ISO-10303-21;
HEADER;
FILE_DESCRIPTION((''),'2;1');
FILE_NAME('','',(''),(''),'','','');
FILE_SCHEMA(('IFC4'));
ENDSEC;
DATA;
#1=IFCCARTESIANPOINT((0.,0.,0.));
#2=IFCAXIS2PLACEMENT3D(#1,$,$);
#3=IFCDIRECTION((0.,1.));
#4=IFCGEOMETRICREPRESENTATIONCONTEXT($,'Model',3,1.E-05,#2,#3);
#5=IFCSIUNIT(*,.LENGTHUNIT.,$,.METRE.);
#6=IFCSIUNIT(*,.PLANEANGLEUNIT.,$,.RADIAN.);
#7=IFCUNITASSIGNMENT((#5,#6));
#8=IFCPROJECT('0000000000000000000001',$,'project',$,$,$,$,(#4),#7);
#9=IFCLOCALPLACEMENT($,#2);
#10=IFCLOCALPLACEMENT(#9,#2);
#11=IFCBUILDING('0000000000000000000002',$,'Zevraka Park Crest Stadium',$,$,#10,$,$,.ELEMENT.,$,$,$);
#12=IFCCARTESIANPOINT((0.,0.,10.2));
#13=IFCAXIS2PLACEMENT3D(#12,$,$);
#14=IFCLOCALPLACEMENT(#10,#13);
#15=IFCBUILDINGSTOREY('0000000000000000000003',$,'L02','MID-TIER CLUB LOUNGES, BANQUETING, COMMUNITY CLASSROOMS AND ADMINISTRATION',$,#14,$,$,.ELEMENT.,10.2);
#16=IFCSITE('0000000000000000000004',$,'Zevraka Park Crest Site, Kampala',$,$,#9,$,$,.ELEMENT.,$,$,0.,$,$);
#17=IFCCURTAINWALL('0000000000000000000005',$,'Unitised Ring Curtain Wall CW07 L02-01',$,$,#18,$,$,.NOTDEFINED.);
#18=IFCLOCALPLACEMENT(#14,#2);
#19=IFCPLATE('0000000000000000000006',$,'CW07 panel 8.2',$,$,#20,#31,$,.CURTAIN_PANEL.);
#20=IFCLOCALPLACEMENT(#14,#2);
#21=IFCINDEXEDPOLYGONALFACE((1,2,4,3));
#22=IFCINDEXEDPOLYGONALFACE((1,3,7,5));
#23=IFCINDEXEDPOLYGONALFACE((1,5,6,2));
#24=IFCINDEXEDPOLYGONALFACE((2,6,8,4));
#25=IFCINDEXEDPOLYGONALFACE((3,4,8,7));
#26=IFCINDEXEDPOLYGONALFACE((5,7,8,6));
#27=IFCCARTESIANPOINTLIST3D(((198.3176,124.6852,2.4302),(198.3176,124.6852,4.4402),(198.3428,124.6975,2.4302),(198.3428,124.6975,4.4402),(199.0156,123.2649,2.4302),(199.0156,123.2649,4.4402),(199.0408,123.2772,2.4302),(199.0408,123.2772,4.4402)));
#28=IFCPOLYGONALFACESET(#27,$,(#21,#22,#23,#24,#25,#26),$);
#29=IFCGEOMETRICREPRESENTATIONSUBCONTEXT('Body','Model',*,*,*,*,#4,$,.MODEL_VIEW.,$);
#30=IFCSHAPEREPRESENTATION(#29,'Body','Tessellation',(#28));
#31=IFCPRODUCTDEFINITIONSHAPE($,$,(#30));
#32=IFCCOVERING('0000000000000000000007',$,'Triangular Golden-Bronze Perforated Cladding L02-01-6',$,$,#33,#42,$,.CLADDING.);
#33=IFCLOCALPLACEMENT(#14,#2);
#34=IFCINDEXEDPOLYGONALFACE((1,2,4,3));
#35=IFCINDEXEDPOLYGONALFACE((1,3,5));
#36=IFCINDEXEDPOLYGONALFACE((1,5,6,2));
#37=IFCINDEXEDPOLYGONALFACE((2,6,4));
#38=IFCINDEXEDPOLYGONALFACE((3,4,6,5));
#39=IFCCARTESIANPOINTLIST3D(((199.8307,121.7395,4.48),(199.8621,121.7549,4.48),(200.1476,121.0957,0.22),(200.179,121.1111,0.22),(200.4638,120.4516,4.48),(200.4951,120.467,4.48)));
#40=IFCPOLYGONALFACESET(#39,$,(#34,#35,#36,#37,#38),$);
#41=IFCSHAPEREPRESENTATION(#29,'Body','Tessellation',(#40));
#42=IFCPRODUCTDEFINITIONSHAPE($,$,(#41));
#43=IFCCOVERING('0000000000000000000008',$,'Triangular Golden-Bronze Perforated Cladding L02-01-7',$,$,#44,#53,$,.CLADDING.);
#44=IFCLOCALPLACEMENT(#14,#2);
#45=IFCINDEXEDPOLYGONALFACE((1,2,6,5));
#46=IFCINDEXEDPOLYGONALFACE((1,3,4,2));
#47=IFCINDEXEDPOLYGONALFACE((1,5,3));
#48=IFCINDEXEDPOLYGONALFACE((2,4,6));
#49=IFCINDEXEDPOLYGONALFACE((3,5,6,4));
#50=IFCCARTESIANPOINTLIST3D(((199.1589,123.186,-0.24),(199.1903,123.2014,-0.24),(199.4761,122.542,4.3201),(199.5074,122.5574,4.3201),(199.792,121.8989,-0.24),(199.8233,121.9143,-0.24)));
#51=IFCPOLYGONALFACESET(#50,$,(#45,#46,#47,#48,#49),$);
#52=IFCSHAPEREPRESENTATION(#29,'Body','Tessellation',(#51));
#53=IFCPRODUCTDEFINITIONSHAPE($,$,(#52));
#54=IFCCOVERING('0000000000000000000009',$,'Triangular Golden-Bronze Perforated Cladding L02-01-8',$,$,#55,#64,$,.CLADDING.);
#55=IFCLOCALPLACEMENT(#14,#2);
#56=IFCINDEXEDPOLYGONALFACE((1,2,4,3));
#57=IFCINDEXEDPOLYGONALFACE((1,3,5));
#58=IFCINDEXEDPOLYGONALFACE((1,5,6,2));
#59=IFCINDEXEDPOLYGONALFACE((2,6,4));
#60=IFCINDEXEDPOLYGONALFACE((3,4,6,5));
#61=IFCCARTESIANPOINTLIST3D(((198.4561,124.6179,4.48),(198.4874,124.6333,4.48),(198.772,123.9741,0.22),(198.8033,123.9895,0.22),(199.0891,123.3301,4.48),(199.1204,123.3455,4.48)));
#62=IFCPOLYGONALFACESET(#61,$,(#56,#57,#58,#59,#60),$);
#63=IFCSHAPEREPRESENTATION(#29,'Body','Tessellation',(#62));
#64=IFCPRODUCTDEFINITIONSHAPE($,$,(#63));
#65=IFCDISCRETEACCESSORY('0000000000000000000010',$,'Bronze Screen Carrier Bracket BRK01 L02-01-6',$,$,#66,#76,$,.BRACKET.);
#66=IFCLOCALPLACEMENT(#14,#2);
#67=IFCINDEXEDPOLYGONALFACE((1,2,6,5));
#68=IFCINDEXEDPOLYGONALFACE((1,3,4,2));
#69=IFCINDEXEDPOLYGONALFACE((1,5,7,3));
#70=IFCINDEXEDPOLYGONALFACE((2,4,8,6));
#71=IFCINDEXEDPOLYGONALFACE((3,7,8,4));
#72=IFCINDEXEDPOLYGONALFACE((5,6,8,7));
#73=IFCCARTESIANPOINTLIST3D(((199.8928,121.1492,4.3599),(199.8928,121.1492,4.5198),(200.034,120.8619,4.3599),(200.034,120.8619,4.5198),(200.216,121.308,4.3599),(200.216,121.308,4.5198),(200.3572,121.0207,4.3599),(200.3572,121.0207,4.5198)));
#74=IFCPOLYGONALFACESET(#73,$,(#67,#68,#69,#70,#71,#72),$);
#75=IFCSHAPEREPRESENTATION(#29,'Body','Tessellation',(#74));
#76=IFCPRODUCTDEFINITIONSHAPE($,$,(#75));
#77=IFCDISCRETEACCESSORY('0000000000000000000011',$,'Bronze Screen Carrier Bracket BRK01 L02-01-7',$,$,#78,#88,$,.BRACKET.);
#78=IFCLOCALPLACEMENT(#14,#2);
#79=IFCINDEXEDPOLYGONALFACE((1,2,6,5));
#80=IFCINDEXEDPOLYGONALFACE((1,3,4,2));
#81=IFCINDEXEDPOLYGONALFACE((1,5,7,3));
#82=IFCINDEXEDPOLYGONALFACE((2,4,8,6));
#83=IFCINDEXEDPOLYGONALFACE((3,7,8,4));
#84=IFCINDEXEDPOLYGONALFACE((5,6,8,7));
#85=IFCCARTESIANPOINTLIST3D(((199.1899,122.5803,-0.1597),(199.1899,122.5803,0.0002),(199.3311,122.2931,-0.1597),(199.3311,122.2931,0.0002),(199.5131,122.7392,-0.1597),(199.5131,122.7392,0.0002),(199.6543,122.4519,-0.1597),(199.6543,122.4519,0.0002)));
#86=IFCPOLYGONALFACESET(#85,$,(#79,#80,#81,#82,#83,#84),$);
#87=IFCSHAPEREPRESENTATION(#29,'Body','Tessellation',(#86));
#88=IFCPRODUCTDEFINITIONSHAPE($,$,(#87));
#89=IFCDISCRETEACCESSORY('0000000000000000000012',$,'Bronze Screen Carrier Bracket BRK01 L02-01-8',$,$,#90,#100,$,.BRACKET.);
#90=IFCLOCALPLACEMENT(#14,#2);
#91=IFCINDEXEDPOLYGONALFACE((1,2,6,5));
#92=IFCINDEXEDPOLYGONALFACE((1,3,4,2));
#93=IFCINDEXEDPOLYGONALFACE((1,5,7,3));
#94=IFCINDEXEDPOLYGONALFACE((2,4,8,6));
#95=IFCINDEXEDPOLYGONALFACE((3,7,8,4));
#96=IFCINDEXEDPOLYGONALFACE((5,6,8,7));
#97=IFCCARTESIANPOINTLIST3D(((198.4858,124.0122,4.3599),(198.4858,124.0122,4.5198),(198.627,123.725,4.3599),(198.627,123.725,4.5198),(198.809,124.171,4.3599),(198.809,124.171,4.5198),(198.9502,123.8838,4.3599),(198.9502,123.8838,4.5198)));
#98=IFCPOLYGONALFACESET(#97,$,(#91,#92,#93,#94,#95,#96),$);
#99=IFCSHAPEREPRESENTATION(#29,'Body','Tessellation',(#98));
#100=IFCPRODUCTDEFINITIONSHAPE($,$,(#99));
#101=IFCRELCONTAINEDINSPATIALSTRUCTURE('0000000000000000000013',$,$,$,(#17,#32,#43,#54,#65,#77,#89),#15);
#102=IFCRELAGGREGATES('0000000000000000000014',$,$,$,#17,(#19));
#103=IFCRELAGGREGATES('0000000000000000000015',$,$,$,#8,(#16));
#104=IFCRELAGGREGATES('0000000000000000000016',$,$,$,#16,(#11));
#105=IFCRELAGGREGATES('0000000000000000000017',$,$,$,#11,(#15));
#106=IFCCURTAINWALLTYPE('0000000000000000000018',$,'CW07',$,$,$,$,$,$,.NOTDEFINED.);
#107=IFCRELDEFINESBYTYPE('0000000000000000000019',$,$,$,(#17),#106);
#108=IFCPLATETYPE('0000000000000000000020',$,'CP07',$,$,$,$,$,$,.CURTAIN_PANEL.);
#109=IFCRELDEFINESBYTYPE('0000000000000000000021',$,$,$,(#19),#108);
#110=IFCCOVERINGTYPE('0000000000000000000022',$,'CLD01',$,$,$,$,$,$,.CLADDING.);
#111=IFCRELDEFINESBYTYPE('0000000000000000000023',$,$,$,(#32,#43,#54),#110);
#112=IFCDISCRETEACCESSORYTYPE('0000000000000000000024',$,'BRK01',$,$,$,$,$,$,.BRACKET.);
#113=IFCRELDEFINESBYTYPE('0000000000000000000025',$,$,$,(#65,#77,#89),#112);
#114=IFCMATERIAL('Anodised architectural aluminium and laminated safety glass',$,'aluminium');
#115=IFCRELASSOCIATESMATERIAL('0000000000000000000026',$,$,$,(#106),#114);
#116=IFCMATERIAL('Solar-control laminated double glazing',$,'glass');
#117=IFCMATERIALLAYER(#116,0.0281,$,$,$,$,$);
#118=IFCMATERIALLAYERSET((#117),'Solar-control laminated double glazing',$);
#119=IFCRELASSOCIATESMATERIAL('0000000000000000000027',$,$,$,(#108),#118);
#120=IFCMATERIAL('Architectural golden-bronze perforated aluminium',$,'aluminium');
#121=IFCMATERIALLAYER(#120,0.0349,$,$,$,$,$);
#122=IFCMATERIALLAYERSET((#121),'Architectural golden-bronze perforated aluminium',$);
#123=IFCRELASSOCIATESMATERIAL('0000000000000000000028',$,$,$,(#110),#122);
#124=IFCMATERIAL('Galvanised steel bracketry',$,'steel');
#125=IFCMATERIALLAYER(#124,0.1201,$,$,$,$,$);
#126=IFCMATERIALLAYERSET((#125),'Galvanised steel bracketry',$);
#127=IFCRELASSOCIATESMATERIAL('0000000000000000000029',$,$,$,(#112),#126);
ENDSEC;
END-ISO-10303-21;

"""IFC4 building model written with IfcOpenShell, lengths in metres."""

from ifc_helpers import new_model, si_unit, direction, frame, origin, origin_2d, place, context, subcontext, project, spatial, polyline, rectangle, outline, extrude, material, layer, layer_set, type_object, element, aggregate, save


model = new_model("IFC4")

# Units and contexts
model_context = context("Model", 3, precision=1e-05, world=origin(), true_north=direction((0.0, 1.0)))
body_context = subcontext(model_context, "Body", "Model", "MODEL_VIEW")
ifc_project = project(units=[si_unit("LENGTHUNIT", "METRE"), si_unit("PLANEANGLEUNIT", "RADIAN")], contexts=[model_context])

# Site, building, storey
site_placement = place(None, origin())
site = spatial("IfcSite", under=ifc_project, at=site_placement, Name="Zevraka Park Crest Site, Kampala", CompositionType="ELEMENT", RefElevation=0.0)
building_placement = place(site_placement, origin())
building = spatial("IfcBuilding", under=site, at=building_placement, Name="Zevraka Park Crest Stadium", CompositionType="ELEMENT")
storey_placement = place(building_placement, frame((0.0, 0.0, 10.2)))
storey = spatial("IfcBuildingStorey", under=building, at=storey_placement, Name="L02", Description="MID-TIER CLUB LOUNGES, BANQUETING, COMMUNITY CLASSROOMS AND ADMINISTRATION", CompositionType="ELEMENT", Elevation=10.2)

# Curtain wall, plate
ifc_material_1 = material(Name="Anodised architectural aluminium and laminated safety glass", Category="aluminium")
curtain_wall_type = type_object("IfcCurtainWallType", Name="CW07", PredefinedType="NOTDEFINED", material=ifc_material_1)
curtain_wall_placement = place(storey_placement, origin())
curtain_wall = element("IfcCurtainWall", 1, at=curtain_wall_placement, inside=storey, type_object=curtain_wall_type, Name="Unitised Ring Curtain Wall CW07 L02-01", PredefinedType="NOTDEFINED")
ifc_material_2 = material(Name="Solar-control laminated double glazing", Category="glass")
ifc_layer_1 = layer(ifc_material_2, 0.0281)
ifc_layer_set_1 = layer_set([ifc_layer_1], Name="Solar-control laminated double glazing")
plate_type = type_object("IfcPlateType", Name="CP07", PredefinedType="CURTAIN_PANEL", material=ifc_layer_set_1)
plate_1_placement = place(storey_placement, frame((198.6792, 123.9812, 2.4302), z_axis=(0.0, 0.0, 1.0), x_axis=(-0.441021, 0.897497, 0.0)))
plate_1 = element("IfcPlate", 2, at=plate_1_placement, type_object=plate_type, Name="CW07 panel 8.2", PredefinedType="CURTAIN_PANEL", context=body_context, shape_type="SweptSolid", body=[
    extrude(rectangle(XDim=1.5825, YDim=0.0281, at=origin_2d()), origin(), (0.0, 0.0, 1.0), 2.01),
])
aggregate(curtain_wall, [plate_1])

# Coverings
ifc_material_3 = material(Name="Architectural golden-bronze perforated aluminium", Category="aluminium")
ifc_layer_2 = layer(ifc_material_3, 0.0349)
ifc_layer_set_2 = layer_set([ifc_layer_2], Name="Architectural golden-bronze perforated aluminium")
covering_type = type_object("IfcCoveringType", Name="CLD01", PredefinedType="CLADDING", material=ifc_layer_set_2)
covering_1_placement = place(storey_placement, frame((199.8621, 121.7549, 4.48), z_axis=(0.897435, 0.441147, 0.00009), x_axis=(0.441147, -0.897435, 0.0)))
element("IfcCovering", 3, at=covering_1_placement, inside=storey, type_object=covering_type, Name="Triangular Golden-Bronze Perforated Cladding L02-01-6", PredefinedType="CLADDING", context=body_context, shape_type="SweptSolid", body=[
    extrude(outline(polyline([(0.0, 0.0), (1.435, 0.0), (0.7176, 4.26), (0.0, 0.0)])), origin(), (0.0, 0.0, -1.0), 0.0349),
])
covering_2_placement = place(storey_placement, frame((199.792, 121.8989, -0.24), z_axis=(-0.897336, -0.441349, 0.000073), x_axis=(-0.441349, 0.897336, 0.0)))
element("IfcCovering", 4, at=covering_2_placement, inside=storey, type_object=covering_type, Name="Triangular Golden-Bronze Perforated Cladding L02-01-7", PredefinedType="CLADDING", context=body_context, shape_type="SweptSolid", body=[
    extrude(outline(polyline([(0.0, 0.0), (1.4344, 0.0), (0.7165, -4.5601), (0.0, 0.0)])), origin(), (0.0, 0.0, -1.0), 0.0349),
])
covering_3_placement = place(storey_placement, frame((198.4561, 124.6179, 4.48), z_axis=(-0.897435, -0.441147, 0.000116), x_axis=(0.441147, -0.897435, 0.0)))
element("IfcCovering", 5, at=covering_3_placement, inside=storey, type_object=covering_type, Name="Triangular Golden-Bronze Perforated Cladding L02-01-8", PredefinedType="CLADDING", context=body_context, shape_type="SweptSolid", body=[
    extrude(outline(polyline([(0.0, 0.0), (1.435, 0.0), (0.7171, -4.26), (0.0, 0.0)])), origin(), (0.0, 0.0, -1.0), 0.0349),
])

# Discrete accessories
ifc_material_4 = material(Name="Galvanised steel bracketry", Category="steel")
ifc_layer_3 = layer(ifc_material_4, 0.1201)
ifc_layer_set_3 = layer_set([ifc_layer_3], Name="Galvanised steel bracketry")
discrete_accessory_type = type_object("IfcDiscreteAccessoryType", Name="BRK01", PredefinedType="BRACKET", material=ifc_layer_set_3)
for number, where, z_axis, x_axis, name in (
    (6, (200.125, 121.085, 4.3599), (0.0, 0.0, 1.0), (-0.441036, 0.897489, 0.0), "Bronze Screen Carrier Bracket BRK01 L02-01-6"),
    (7, (199.4221, 122.5161, -0.1597), (0.0, 0.0, 1.0), (-0.441036, 0.897489, 0.0), "Bronze Screen Carrier Bracket BRK01 L02-01-7"),
    (8, (198.718, 123.948, 4.3599), (0.0, 0.0, 1.0), (-0.441036, 0.897489, 0.0), "Bronze Screen Carrier Bracket BRK01 L02-01-8"),
):
    element("IfcDiscreteAccessory", number, at=place(storey_placement, frame(where, z_axis=z_axis, x_axis=x_axis)), inside=storey, type_object=discrete_accessory_type, Name=name, PredefinedType="BRACKET", context=body_context, shape_type="SweptSolid", body=[
        extrude(rectangle(XDim=0.3201, YDim=0.3601, at=origin_2d()), origin(), (0.0, 0.0, 1.0), 0.1599),
    ])

save(model, "model.ifc")
